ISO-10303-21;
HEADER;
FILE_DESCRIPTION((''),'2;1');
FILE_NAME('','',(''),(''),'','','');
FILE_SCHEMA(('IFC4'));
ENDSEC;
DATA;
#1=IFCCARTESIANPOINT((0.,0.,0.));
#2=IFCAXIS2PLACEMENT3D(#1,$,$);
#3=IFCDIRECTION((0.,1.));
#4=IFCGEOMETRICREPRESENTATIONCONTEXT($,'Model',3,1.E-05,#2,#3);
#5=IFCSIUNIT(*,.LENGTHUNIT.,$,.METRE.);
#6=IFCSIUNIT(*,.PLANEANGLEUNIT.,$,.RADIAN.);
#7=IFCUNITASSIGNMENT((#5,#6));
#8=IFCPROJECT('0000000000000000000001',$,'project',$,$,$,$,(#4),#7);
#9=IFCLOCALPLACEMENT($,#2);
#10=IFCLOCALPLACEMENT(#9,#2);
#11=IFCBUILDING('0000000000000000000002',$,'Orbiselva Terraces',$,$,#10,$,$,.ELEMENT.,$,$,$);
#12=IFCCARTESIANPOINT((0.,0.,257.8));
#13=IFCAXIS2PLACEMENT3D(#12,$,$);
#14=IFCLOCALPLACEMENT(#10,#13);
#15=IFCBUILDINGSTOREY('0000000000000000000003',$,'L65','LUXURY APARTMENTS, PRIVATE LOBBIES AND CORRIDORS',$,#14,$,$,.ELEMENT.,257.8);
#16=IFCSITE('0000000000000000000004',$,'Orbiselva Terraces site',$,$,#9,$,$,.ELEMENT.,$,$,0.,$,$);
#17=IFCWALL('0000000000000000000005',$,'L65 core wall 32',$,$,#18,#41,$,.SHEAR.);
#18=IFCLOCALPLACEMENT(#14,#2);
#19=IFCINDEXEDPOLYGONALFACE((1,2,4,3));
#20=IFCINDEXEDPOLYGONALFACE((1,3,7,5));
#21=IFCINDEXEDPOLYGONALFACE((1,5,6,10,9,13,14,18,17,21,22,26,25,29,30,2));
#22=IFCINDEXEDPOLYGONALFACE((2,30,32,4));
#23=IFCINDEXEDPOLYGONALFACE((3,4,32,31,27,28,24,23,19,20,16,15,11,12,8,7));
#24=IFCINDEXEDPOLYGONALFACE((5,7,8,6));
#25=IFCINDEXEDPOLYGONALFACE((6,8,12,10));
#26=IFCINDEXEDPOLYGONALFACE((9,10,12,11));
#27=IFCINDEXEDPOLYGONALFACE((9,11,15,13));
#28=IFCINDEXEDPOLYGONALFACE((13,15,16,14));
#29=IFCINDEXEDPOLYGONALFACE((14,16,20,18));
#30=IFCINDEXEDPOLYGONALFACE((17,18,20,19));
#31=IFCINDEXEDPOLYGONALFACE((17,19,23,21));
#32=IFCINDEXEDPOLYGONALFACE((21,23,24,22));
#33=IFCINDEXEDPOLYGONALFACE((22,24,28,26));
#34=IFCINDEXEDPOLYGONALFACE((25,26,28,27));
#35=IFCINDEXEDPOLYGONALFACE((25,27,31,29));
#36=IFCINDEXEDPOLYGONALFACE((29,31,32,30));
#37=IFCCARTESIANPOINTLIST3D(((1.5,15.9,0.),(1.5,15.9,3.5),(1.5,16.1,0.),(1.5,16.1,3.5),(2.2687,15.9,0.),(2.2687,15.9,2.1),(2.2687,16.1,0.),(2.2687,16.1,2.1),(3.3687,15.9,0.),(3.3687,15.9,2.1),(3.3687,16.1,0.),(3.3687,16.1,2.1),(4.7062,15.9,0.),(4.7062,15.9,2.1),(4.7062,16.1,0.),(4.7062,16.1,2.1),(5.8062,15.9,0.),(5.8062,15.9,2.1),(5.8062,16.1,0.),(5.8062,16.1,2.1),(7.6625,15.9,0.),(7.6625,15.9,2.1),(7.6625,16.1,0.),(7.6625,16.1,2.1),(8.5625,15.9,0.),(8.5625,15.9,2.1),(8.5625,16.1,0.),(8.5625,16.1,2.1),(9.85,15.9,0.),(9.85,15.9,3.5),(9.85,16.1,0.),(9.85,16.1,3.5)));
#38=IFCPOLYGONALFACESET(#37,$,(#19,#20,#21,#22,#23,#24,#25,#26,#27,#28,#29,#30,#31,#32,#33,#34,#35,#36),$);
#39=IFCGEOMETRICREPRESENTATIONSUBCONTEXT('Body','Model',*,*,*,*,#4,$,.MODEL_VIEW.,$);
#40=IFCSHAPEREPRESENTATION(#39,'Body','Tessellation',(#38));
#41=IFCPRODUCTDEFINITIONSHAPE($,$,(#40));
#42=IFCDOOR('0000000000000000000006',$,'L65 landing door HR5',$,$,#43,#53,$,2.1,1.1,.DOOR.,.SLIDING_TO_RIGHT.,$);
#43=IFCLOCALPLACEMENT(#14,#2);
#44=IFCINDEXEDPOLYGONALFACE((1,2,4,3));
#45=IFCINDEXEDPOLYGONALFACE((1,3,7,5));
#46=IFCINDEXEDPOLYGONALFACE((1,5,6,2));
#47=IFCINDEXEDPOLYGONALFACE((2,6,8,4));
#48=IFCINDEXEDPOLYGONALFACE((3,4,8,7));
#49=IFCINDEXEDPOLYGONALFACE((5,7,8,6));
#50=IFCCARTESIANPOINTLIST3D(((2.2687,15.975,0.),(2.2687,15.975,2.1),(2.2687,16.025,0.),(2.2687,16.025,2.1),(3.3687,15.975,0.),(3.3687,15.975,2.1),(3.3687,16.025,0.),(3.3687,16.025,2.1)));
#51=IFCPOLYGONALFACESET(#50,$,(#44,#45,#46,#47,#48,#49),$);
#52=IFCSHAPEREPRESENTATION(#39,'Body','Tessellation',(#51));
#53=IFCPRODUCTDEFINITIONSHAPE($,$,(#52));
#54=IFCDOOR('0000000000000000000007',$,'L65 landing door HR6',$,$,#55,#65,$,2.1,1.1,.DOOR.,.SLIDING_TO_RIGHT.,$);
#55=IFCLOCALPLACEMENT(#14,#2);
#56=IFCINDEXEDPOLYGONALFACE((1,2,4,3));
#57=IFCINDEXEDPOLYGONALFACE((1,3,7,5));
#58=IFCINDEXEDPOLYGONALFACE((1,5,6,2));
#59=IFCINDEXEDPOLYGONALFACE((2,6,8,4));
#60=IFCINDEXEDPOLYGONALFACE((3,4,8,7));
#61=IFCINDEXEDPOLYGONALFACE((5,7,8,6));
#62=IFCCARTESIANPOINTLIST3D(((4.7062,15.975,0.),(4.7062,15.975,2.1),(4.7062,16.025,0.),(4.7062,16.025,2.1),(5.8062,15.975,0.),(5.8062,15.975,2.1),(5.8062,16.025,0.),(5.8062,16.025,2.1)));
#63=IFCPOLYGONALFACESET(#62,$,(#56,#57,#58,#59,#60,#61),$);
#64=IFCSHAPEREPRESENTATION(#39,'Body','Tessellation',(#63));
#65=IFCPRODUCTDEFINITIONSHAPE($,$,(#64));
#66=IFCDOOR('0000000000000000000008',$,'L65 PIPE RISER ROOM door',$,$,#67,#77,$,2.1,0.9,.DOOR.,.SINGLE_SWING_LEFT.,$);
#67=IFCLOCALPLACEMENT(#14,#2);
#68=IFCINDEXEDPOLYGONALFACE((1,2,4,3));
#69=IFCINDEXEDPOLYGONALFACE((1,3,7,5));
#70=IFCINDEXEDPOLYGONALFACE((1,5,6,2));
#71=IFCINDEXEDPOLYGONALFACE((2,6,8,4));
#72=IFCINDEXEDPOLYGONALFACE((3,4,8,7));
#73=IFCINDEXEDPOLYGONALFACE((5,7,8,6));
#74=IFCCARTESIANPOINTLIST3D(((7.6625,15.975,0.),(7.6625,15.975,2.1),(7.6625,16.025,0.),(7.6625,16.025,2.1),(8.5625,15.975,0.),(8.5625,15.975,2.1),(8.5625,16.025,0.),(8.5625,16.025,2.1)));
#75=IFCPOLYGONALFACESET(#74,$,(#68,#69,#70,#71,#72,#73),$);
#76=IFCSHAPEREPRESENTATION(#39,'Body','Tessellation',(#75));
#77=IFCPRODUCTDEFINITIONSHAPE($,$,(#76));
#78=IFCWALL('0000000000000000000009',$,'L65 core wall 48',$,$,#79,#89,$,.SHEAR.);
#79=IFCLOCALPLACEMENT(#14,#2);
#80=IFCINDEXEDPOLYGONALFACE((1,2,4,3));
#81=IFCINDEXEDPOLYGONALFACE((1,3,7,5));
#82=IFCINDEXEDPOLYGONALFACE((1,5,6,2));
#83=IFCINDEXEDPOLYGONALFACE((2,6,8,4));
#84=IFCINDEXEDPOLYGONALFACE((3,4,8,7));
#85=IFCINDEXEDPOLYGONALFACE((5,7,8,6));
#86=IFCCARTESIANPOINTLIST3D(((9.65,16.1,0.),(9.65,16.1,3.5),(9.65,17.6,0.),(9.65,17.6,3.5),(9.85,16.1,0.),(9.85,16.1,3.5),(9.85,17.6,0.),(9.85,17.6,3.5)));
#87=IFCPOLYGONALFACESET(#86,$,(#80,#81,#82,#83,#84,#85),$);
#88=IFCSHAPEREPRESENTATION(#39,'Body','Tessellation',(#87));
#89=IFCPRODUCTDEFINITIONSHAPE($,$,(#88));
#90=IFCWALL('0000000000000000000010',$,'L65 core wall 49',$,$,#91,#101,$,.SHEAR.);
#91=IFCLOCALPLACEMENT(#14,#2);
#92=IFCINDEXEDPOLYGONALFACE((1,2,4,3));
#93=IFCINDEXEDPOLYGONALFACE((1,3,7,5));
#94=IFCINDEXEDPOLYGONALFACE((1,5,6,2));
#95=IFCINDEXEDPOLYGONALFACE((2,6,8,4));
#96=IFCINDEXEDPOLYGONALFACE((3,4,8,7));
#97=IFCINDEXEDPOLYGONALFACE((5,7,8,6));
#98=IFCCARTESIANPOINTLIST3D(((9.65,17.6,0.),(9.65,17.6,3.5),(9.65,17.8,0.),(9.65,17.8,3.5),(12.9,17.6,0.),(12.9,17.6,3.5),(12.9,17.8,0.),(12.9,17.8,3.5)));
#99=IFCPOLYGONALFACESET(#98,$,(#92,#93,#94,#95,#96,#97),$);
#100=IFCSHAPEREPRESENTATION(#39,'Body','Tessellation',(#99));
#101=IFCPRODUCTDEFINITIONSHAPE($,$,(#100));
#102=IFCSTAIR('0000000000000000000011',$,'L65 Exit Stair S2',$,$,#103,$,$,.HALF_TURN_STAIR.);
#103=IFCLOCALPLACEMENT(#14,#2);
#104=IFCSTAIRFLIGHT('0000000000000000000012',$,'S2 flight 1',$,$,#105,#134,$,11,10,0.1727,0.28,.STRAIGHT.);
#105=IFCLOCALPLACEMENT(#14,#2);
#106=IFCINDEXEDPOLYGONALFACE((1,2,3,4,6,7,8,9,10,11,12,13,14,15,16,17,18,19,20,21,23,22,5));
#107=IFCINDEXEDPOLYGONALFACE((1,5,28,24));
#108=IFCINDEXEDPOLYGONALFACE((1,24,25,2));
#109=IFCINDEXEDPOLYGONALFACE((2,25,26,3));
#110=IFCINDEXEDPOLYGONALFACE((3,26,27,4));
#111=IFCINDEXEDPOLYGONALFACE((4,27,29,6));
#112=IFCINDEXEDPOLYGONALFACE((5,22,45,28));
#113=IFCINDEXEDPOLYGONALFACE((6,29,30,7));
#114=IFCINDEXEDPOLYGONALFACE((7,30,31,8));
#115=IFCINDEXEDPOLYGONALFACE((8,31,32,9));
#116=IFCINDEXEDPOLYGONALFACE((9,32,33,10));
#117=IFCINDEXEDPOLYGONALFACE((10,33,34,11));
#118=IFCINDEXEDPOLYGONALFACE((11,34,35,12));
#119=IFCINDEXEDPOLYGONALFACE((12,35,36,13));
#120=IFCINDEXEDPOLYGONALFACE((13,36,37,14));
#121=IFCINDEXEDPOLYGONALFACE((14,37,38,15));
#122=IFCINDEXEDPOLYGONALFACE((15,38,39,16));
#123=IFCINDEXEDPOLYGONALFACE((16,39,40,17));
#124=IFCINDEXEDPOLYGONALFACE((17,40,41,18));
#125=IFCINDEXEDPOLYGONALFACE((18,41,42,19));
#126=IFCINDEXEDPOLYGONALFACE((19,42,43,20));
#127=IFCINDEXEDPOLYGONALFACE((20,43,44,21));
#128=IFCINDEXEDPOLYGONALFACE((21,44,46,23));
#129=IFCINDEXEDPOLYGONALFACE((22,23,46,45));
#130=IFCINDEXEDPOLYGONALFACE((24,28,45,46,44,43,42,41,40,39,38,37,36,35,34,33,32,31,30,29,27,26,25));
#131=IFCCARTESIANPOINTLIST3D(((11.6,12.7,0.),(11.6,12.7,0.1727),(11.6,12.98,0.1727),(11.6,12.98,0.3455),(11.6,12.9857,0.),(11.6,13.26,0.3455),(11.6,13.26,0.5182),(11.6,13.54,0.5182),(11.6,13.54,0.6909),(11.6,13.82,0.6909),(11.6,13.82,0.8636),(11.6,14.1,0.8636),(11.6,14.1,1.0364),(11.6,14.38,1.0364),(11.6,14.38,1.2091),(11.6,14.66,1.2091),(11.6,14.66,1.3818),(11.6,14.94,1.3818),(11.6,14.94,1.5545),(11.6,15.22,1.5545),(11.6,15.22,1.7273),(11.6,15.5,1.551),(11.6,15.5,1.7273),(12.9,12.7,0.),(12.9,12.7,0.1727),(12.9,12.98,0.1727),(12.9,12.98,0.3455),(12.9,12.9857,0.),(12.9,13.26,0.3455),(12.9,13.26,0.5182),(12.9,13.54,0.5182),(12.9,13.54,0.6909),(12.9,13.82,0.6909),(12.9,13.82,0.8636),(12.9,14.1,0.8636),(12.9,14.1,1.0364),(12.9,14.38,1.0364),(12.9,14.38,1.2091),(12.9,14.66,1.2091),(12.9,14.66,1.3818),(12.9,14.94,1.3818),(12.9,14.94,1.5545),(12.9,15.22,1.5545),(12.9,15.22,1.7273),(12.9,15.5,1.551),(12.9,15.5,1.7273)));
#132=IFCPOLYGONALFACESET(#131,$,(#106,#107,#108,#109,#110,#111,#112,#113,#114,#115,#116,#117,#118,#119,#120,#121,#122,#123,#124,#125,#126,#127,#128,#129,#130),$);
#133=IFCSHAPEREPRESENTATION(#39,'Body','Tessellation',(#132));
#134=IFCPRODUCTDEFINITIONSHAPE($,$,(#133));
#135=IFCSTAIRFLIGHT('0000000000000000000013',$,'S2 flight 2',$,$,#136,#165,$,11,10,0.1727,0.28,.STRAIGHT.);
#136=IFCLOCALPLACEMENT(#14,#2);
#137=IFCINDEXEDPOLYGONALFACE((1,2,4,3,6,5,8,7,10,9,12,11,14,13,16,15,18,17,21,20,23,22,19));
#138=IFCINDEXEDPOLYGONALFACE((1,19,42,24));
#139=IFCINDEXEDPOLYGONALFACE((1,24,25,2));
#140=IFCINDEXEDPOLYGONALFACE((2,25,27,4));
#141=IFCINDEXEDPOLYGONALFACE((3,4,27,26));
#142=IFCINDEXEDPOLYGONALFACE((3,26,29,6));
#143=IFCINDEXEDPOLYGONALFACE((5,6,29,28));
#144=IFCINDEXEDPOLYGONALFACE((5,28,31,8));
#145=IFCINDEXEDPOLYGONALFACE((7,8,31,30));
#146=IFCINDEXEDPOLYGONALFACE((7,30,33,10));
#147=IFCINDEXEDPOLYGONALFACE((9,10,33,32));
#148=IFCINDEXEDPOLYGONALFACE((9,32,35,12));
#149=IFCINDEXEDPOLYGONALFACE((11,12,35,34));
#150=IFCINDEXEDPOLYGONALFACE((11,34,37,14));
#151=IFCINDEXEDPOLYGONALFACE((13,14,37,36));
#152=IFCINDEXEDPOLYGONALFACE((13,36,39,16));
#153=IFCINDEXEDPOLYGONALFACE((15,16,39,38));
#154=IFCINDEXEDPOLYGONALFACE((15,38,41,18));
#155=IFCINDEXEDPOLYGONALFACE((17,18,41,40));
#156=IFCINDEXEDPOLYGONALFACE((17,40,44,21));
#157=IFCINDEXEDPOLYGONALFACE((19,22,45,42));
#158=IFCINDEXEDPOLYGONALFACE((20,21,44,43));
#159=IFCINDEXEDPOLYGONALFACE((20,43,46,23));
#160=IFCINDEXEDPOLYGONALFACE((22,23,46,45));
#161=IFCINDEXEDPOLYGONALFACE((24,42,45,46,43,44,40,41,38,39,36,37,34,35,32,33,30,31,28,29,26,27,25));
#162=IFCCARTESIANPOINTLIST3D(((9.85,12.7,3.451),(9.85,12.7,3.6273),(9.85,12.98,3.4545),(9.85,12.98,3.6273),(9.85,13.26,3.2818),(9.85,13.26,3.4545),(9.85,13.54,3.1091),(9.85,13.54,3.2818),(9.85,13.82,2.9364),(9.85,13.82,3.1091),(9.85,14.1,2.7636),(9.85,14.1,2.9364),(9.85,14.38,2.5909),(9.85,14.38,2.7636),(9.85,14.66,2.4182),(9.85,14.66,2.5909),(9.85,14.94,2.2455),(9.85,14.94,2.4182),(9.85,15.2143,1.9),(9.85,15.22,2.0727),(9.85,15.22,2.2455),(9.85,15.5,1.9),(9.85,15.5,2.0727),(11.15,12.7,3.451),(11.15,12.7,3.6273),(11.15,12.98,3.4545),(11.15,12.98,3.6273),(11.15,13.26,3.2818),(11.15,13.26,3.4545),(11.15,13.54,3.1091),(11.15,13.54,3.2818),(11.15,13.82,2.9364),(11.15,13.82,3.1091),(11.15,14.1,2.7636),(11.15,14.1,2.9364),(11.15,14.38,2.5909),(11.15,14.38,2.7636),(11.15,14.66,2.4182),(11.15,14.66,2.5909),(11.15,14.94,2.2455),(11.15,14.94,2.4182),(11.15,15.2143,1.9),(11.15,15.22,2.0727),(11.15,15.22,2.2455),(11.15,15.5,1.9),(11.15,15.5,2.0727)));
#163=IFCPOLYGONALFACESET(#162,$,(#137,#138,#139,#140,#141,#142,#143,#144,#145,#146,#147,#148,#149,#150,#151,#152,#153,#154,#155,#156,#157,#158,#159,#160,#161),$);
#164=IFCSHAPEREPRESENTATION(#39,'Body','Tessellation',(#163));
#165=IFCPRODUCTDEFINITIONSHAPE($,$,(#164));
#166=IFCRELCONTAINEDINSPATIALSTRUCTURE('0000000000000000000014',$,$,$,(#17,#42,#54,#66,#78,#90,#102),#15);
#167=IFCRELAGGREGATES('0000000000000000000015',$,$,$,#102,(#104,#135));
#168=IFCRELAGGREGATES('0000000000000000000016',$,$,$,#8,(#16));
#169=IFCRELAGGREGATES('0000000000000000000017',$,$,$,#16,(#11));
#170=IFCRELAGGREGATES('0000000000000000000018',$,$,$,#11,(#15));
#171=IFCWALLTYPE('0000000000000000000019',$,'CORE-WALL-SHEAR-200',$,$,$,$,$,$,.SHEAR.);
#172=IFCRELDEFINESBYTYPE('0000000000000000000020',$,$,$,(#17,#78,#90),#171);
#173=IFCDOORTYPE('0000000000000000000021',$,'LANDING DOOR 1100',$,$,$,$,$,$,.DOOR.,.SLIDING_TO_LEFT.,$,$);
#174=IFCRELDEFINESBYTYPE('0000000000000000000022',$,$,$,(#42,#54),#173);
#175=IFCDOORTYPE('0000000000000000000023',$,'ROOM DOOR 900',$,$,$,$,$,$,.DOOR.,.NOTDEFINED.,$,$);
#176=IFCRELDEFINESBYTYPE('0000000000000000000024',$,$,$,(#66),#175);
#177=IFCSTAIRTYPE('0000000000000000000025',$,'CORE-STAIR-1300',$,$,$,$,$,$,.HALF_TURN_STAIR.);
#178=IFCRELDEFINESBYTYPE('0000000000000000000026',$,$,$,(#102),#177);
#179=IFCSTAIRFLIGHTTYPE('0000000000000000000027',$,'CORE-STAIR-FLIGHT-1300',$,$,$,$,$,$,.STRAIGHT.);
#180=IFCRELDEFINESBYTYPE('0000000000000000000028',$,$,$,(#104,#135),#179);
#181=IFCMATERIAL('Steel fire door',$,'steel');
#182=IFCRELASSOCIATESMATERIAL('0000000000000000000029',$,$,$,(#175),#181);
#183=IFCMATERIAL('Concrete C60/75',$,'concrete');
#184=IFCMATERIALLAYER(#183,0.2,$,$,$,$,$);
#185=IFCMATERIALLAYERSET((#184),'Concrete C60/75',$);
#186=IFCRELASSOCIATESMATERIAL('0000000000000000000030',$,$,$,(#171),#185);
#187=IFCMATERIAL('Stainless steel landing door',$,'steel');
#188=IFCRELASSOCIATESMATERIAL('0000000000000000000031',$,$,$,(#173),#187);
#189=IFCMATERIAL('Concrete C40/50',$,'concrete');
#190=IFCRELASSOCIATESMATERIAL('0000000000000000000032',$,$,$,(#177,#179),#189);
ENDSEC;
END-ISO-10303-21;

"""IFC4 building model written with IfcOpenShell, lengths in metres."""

from ifc_helpers import new_model, si_unit, direction, frame, frame_2d, origin, place, context, subcontext, project, spatial, polyline, rectangle, outline, extrude, material, layer, layer_set, type_object, element, fill, aggregate, save


model = new_model("IFC4")

# Units and contexts
model_context = context("Model", 3, precision=1e-05, world=origin(), true_north=direction((0.0, 1.0)))
body_context = subcontext(model_context, "Body", "Model", "MODEL_VIEW")
ifc_project = project(units=[si_unit("LENGTHUNIT", "METRE"), si_unit("PLANEANGLEUNIT", "RADIAN")], contexts=[model_context])

# Site, building, storey
site_placement = place(None, origin())
site = spatial("IfcSite", under=ifc_project, at=site_placement, Name="Orbiselva Terraces site", CompositionType="ELEMENT", RefElevation=0.0)
building_placement = place(site_placement, origin())
building = spatial("IfcBuilding", under=site, at=building_placement, Name="Orbiselva Terraces", CompositionType="ELEMENT")
storey_placement = place(building_placement, frame((0.0, 0.0, 257.8)))
storey = spatial("IfcBuildingStorey", under=building, at=storey_placement, Name="L65", Description="LUXURY APARTMENTS, PRIVATE LOBBIES AND CORRIDORS", CompositionType="ELEMENT", Elevation=257.8)

# Shared definitions
ifc_material_1 = material(Name="Steel fire door", Category="steel")
door_type_1 = type_object("IfcDoorType", Name="ROOM DOOR 900", OperationType="NOTDEFINED", PredefinedType="DOOR", material=ifc_material_1)

# Shared definitions
ifc_material_2 = material(Name="Concrete C40/50", Category="concrete")
ifc_material_3 = material(Name="Concrete C60/75", Category="concrete")
ifc_layer_1 = layer(ifc_material_3, 0.2)
ifc_layer_set_1 = layer_set([ifc_layer_1], Name="Concrete C60/75")
wall_type_1 = type_object("IfcWallType", Name="CORE-WALL-SHEAR-200", PredefinedType="SHEAR", material=ifc_layer_set_1)

# Wall, openings, doors
wall_1_placement = place(storey_placement, frame((9.85, 16.0, 0.0), z_axis=(0.0, 0.0, 1.0), x_axis=(-1.0, 0.0, 0.0)))
wall_1 = element("IfcWall", 1, at=wall_1_placement, inside=storey, type_object=wall_type_1, Name="L65 core wall 32", PredefinedType="SHEAR", context=body_context, shape_type="SweptSolid", body=[
    extrude(rectangle(XDim=8.35, YDim=0.2, at=frame_2d((4.175, 0.0))), origin(), (0.0, 0.0, 1.0), 3.5),
])
opening_1_placement = place(wall_1_placement, frame((6.4813, 0.0, 0.0)))
opening_1 = element("IfcOpeningElement", 2, at=opening_1_placement, cuts=wall_1, PredefinedType="OPENING", context=body_context, shape_type="SweptSolid", body=[
    extrude(rectangle(XDim=1.1, YDim=2.1, at=frame_2d((0.55, 1.05))), frame((0.0, 0.11, 0.0), z_axis=(0.0, -1.0, 0.0), x_axis=(1.0, 0.0, 0.0)), (0.0, 0.0, 1.0), 0.22),
])
opening_2_placement = place(wall_1_placement, frame((4.0438, 0.0, 0.0)))
opening_2 = element("IfcOpeningElement", 3, at=opening_2_placement, cuts=wall_1, PredefinedType="OPENING", context=body_context, shape_type="SweptSolid", body=[
    extrude(rectangle(XDim=1.1, YDim=2.1, at=frame_2d((0.55, 1.05))), frame((0.0, 0.11, 0.0), z_axis=(0.0, -1.0, 0.0), x_axis=(1.0, 0.0, 0.0)), (0.0, 0.0, 1.0), 0.22),
])
opening_3_placement = place(wall_1_placement, frame((1.2875, 0.0, 0.0)))
opening_3 = element("IfcOpeningElement", 4, at=opening_3_placement, cuts=wall_1, PredefinedType="OPENING", context=body_context, shape_type="SweptSolid", body=[
    extrude(rectangle(XDim=0.9, YDim=2.1, at=frame_2d((0.45, 1.05))), frame((0.0, 0.11, 0.0), z_axis=(0.0, -1.0, 0.0), x_axis=(1.0, 0.0, 0.0)), (0.0, 0.0, 1.0), 0.22),
])
ifc_material_4 = material(Name="Stainless steel landing door", Category="steel")
door_type_2 = type_object("IfcDoorType", Name="LANDING DOOR 1100", OperationType="SLIDING_TO_LEFT", PredefinedType="DOOR", material=ifc_material_4)
door_1_placement = place(opening_1_placement, origin())
door_1 = element("IfcDoor", 5, at=door_1_placement, inside=storey, type_object=door_type_2, Name="L65 landing door HR5", OperationType="SLIDING_TO_RIGHT", OverallHeight=2.1, OverallWidth=1.1, PredefinedType="DOOR", context=body_context, shape_type="SweptSolid", body=[
    extrude(rectangle(XDim=1.1, YDim=2.1, at=frame_2d((0.55, 1.05))), frame((0.0, 0.025, 0.0), z_axis=(0.0, -1.0, 0.0), x_axis=(1.0, 0.0, 0.0)), (0.0, 0.0, 1.0), 0.05),
])
fill(opening_1, door_1)
door_2_placement = place(opening_2_placement, origin())
door_2 = element("IfcDoor", 6, at=door_2_placement, inside=storey, type_object=door_type_2, Name="L65 landing door HR6", OperationType="SLIDING_TO_RIGHT", OverallHeight=2.1, OverallWidth=1.1, PredefinedType="DOOR", context=body_context, shape_type="SweptSolid", body=[
    extrude(rectangle(XDim=1.1, YDim=2.1, at=frame_2d((0.55, 1.05))), frame((0.0, 0.025, 0.0), z_axis=(0.0, -1.0, 0.0), x_axis=(1.0, 0.0, 0.0)), (0.0, 0.0, 1.0), 0.05),
])
fill(opening_2, door_2)
door_3_placement = place(opening_3_placement, origin())
door_3 = element("IfcDoor", 7, at=door_3_placement, inside=storey, type_object=door_type_1, Name="L65 PIPE RISER ROOM door", OperationType="SINGLE_SWING_LEFT", OverallHeight=2.1, OverallWidth=0.9, PredefinedType="DOOR", context=body_context, shape_type="SweptSolid", body=[
    extrude(rectangle(XDim=0.9, YDim=2.1, at=frame_2d((0.45, 1.05))), frame((0.0, 0.025, 0.0), z_axis=(0.0, -1.0, 0.0), x_axis=(1.0, 0.0, 0.0)), (0.0, 0.0, 1.0), 0.05),
])
fill(opening_3, door_3)

# Walls
wall_2_placement = place(storey_placement, frame((9.75, 16.1, 0.0), z_axis=(0.0, 0.0, 1.0), x_axis=(0.0, 1.0, 0.0)))
element("IfcWall", 8, at=wall_2_placement, inside=storey, type_object=wall_type_1, Name="L65 core wall 48", PredefinedType="SHEAR", context=body_context, shape_type="SweptSolid", body=[
    extrude(rectangle(XDim=1.5, YDim=0.2, at=frame_2d((0.75, 0.0))), origin(), (0.0, 0.0, 1.0), 3.5),
])
wall_3_placement = place(storey_placement, frame((9.65, 17.7, 0.0), z_axis=(0.0, 0.0, 1.0), x_axis=(1.0, 0.0, 0.0)))
element("IfcWall", 9, at=wall_3_placement, inside=storey, type_object=wall_type_1, Name="L65 core wall 49", PredefinedType="SHEAR", context=body_context, shape_type="SweptSolid", body=[
    extrude(rectangle(XDim=3.25, YDim=0.2, at=frame_2d((1.625, 0.0))), origin(), (0.0, 0.0, 1.0), 3.5),
])

# Stair, stair flights
stair_type = type_object("IfcStairType", Name="CORE-STAIR-1300", PredefinedType="HALF_TURN_STAIR", material=ifc_material_2)
stair_placement = place(storey_placement, origin())
stair = element("IfcStair", 10, at=stair_placement, inside=storey, type_object=stair_type, Name="L65 Exit Stair S2", PredefinedType="HALF_TURN_STAIR")
stair_flight_type = type_object("IfcStairFlightType", Name="CORE-STAIR-FLIGHT-1300", PredefinedType="STRAIGHT", material=ifc_material_2)
stair_flight_1_placement = place(storey_placement, frame((12.25, 12.7, 0.0), z_axis=(0.0, 0.0, 1.0), x_axis=(0.0, 1.0, 0.0)))
stair_flight_1 = element("IfcStairFlight", 11, at=stair_flight_1_placement, type_object=stair_flight_type, Name="S2 flight 1", NumberOfRisers=11, NumberOfTreads=10, PredefinedType="STRAIGHT", RiserHeight=0.1727, TreadLength=0.28, context=body_context, shape_type="SweptSolid", body=[
    extrude(outline(polyline([(0.0, 0.0), (0.0, 0.1727), (0.28, 0.1727), (0.28, 0.3455), (0.56, 0.3455), (0.56, 0.5182), (0.84, 0.5182), (0.84, 0.6909), (1.12, 0.6909), (1.12, 0.8636), (1.4, 0.8636), (1.4, 1.0364), (1.68, 1.0364), (1.68, 1.2091), (1.96, 1.2091), (1.96, 1.3818), (2.24, 1.3818), (2.24, 1.5545), (2.52, 1.5545), (2.52, 1.7273), (2.8, 1.7273), (2.8, 1.9), (2.8, 1.551), (0.2857, 0.0), (0.0, 0.0)])), frame((0.0, 0.65, 0.0), z_axis=(0.0, -1.0, 0.0), x_axis=(1.0, 0.0, 0.0)), (0.0, 0.0, 1.0), 1.3),
])
stair_flight_2_placement = place(storey_placement, frame((10.5, 15.5, 1.9), z_axis=(0.0, 0.0, 1.0), x_axis=(0.0, -1.0, 0.0)))
stair_flight_2 = element("IfcStairFlight", 12, at=stair_flight_2_placement, type_object=stair_flight_type, Name="S2 flight 2", NumberOfRisers=11, NumberOfTreads=10, PredefinedType="STRAIGHT", RiserHeight=0.1727, TreadLength=0.28, context=body_context, shape_type="SweptSolid", body=[
    extrude(outline(polyline([(0.0, 0.0), (0.0, 0.1727), (0.28, 0.1727), (0.28, 0.3455), (0.56, 0.3455), (0.56, 0.5182), (0.84, 0.5182), (0.84, 0.6909), (1.12, 0.6909), (1.12, 0.8636), (1.4, 0.8636), (1.4, 1.0364), (1.68, 1.0364), (1.68, 1.2091), (1.96, 1.2091), (1.96, 1.3818), (2.24, 1.3818), (2.24, 1.5545), (2.52, 1.5545), (2.52, 1.7273), (2.8, 1.7273), (2.8, 1.9), (2.8, 1.551), (0.2857, 0.0), (0.0, 0.0)])), frame((0.0, 0.65, 0.0), z_axis=(0.0, -1.0, 0.0), x_axis=(1.0, 0.0, 0.0)), (0.0, 0.0, 1.0), 1.3),
])
aggregate(stair, [stair_flight_1, stair_flight_2])

save(model, "model.ifc")
